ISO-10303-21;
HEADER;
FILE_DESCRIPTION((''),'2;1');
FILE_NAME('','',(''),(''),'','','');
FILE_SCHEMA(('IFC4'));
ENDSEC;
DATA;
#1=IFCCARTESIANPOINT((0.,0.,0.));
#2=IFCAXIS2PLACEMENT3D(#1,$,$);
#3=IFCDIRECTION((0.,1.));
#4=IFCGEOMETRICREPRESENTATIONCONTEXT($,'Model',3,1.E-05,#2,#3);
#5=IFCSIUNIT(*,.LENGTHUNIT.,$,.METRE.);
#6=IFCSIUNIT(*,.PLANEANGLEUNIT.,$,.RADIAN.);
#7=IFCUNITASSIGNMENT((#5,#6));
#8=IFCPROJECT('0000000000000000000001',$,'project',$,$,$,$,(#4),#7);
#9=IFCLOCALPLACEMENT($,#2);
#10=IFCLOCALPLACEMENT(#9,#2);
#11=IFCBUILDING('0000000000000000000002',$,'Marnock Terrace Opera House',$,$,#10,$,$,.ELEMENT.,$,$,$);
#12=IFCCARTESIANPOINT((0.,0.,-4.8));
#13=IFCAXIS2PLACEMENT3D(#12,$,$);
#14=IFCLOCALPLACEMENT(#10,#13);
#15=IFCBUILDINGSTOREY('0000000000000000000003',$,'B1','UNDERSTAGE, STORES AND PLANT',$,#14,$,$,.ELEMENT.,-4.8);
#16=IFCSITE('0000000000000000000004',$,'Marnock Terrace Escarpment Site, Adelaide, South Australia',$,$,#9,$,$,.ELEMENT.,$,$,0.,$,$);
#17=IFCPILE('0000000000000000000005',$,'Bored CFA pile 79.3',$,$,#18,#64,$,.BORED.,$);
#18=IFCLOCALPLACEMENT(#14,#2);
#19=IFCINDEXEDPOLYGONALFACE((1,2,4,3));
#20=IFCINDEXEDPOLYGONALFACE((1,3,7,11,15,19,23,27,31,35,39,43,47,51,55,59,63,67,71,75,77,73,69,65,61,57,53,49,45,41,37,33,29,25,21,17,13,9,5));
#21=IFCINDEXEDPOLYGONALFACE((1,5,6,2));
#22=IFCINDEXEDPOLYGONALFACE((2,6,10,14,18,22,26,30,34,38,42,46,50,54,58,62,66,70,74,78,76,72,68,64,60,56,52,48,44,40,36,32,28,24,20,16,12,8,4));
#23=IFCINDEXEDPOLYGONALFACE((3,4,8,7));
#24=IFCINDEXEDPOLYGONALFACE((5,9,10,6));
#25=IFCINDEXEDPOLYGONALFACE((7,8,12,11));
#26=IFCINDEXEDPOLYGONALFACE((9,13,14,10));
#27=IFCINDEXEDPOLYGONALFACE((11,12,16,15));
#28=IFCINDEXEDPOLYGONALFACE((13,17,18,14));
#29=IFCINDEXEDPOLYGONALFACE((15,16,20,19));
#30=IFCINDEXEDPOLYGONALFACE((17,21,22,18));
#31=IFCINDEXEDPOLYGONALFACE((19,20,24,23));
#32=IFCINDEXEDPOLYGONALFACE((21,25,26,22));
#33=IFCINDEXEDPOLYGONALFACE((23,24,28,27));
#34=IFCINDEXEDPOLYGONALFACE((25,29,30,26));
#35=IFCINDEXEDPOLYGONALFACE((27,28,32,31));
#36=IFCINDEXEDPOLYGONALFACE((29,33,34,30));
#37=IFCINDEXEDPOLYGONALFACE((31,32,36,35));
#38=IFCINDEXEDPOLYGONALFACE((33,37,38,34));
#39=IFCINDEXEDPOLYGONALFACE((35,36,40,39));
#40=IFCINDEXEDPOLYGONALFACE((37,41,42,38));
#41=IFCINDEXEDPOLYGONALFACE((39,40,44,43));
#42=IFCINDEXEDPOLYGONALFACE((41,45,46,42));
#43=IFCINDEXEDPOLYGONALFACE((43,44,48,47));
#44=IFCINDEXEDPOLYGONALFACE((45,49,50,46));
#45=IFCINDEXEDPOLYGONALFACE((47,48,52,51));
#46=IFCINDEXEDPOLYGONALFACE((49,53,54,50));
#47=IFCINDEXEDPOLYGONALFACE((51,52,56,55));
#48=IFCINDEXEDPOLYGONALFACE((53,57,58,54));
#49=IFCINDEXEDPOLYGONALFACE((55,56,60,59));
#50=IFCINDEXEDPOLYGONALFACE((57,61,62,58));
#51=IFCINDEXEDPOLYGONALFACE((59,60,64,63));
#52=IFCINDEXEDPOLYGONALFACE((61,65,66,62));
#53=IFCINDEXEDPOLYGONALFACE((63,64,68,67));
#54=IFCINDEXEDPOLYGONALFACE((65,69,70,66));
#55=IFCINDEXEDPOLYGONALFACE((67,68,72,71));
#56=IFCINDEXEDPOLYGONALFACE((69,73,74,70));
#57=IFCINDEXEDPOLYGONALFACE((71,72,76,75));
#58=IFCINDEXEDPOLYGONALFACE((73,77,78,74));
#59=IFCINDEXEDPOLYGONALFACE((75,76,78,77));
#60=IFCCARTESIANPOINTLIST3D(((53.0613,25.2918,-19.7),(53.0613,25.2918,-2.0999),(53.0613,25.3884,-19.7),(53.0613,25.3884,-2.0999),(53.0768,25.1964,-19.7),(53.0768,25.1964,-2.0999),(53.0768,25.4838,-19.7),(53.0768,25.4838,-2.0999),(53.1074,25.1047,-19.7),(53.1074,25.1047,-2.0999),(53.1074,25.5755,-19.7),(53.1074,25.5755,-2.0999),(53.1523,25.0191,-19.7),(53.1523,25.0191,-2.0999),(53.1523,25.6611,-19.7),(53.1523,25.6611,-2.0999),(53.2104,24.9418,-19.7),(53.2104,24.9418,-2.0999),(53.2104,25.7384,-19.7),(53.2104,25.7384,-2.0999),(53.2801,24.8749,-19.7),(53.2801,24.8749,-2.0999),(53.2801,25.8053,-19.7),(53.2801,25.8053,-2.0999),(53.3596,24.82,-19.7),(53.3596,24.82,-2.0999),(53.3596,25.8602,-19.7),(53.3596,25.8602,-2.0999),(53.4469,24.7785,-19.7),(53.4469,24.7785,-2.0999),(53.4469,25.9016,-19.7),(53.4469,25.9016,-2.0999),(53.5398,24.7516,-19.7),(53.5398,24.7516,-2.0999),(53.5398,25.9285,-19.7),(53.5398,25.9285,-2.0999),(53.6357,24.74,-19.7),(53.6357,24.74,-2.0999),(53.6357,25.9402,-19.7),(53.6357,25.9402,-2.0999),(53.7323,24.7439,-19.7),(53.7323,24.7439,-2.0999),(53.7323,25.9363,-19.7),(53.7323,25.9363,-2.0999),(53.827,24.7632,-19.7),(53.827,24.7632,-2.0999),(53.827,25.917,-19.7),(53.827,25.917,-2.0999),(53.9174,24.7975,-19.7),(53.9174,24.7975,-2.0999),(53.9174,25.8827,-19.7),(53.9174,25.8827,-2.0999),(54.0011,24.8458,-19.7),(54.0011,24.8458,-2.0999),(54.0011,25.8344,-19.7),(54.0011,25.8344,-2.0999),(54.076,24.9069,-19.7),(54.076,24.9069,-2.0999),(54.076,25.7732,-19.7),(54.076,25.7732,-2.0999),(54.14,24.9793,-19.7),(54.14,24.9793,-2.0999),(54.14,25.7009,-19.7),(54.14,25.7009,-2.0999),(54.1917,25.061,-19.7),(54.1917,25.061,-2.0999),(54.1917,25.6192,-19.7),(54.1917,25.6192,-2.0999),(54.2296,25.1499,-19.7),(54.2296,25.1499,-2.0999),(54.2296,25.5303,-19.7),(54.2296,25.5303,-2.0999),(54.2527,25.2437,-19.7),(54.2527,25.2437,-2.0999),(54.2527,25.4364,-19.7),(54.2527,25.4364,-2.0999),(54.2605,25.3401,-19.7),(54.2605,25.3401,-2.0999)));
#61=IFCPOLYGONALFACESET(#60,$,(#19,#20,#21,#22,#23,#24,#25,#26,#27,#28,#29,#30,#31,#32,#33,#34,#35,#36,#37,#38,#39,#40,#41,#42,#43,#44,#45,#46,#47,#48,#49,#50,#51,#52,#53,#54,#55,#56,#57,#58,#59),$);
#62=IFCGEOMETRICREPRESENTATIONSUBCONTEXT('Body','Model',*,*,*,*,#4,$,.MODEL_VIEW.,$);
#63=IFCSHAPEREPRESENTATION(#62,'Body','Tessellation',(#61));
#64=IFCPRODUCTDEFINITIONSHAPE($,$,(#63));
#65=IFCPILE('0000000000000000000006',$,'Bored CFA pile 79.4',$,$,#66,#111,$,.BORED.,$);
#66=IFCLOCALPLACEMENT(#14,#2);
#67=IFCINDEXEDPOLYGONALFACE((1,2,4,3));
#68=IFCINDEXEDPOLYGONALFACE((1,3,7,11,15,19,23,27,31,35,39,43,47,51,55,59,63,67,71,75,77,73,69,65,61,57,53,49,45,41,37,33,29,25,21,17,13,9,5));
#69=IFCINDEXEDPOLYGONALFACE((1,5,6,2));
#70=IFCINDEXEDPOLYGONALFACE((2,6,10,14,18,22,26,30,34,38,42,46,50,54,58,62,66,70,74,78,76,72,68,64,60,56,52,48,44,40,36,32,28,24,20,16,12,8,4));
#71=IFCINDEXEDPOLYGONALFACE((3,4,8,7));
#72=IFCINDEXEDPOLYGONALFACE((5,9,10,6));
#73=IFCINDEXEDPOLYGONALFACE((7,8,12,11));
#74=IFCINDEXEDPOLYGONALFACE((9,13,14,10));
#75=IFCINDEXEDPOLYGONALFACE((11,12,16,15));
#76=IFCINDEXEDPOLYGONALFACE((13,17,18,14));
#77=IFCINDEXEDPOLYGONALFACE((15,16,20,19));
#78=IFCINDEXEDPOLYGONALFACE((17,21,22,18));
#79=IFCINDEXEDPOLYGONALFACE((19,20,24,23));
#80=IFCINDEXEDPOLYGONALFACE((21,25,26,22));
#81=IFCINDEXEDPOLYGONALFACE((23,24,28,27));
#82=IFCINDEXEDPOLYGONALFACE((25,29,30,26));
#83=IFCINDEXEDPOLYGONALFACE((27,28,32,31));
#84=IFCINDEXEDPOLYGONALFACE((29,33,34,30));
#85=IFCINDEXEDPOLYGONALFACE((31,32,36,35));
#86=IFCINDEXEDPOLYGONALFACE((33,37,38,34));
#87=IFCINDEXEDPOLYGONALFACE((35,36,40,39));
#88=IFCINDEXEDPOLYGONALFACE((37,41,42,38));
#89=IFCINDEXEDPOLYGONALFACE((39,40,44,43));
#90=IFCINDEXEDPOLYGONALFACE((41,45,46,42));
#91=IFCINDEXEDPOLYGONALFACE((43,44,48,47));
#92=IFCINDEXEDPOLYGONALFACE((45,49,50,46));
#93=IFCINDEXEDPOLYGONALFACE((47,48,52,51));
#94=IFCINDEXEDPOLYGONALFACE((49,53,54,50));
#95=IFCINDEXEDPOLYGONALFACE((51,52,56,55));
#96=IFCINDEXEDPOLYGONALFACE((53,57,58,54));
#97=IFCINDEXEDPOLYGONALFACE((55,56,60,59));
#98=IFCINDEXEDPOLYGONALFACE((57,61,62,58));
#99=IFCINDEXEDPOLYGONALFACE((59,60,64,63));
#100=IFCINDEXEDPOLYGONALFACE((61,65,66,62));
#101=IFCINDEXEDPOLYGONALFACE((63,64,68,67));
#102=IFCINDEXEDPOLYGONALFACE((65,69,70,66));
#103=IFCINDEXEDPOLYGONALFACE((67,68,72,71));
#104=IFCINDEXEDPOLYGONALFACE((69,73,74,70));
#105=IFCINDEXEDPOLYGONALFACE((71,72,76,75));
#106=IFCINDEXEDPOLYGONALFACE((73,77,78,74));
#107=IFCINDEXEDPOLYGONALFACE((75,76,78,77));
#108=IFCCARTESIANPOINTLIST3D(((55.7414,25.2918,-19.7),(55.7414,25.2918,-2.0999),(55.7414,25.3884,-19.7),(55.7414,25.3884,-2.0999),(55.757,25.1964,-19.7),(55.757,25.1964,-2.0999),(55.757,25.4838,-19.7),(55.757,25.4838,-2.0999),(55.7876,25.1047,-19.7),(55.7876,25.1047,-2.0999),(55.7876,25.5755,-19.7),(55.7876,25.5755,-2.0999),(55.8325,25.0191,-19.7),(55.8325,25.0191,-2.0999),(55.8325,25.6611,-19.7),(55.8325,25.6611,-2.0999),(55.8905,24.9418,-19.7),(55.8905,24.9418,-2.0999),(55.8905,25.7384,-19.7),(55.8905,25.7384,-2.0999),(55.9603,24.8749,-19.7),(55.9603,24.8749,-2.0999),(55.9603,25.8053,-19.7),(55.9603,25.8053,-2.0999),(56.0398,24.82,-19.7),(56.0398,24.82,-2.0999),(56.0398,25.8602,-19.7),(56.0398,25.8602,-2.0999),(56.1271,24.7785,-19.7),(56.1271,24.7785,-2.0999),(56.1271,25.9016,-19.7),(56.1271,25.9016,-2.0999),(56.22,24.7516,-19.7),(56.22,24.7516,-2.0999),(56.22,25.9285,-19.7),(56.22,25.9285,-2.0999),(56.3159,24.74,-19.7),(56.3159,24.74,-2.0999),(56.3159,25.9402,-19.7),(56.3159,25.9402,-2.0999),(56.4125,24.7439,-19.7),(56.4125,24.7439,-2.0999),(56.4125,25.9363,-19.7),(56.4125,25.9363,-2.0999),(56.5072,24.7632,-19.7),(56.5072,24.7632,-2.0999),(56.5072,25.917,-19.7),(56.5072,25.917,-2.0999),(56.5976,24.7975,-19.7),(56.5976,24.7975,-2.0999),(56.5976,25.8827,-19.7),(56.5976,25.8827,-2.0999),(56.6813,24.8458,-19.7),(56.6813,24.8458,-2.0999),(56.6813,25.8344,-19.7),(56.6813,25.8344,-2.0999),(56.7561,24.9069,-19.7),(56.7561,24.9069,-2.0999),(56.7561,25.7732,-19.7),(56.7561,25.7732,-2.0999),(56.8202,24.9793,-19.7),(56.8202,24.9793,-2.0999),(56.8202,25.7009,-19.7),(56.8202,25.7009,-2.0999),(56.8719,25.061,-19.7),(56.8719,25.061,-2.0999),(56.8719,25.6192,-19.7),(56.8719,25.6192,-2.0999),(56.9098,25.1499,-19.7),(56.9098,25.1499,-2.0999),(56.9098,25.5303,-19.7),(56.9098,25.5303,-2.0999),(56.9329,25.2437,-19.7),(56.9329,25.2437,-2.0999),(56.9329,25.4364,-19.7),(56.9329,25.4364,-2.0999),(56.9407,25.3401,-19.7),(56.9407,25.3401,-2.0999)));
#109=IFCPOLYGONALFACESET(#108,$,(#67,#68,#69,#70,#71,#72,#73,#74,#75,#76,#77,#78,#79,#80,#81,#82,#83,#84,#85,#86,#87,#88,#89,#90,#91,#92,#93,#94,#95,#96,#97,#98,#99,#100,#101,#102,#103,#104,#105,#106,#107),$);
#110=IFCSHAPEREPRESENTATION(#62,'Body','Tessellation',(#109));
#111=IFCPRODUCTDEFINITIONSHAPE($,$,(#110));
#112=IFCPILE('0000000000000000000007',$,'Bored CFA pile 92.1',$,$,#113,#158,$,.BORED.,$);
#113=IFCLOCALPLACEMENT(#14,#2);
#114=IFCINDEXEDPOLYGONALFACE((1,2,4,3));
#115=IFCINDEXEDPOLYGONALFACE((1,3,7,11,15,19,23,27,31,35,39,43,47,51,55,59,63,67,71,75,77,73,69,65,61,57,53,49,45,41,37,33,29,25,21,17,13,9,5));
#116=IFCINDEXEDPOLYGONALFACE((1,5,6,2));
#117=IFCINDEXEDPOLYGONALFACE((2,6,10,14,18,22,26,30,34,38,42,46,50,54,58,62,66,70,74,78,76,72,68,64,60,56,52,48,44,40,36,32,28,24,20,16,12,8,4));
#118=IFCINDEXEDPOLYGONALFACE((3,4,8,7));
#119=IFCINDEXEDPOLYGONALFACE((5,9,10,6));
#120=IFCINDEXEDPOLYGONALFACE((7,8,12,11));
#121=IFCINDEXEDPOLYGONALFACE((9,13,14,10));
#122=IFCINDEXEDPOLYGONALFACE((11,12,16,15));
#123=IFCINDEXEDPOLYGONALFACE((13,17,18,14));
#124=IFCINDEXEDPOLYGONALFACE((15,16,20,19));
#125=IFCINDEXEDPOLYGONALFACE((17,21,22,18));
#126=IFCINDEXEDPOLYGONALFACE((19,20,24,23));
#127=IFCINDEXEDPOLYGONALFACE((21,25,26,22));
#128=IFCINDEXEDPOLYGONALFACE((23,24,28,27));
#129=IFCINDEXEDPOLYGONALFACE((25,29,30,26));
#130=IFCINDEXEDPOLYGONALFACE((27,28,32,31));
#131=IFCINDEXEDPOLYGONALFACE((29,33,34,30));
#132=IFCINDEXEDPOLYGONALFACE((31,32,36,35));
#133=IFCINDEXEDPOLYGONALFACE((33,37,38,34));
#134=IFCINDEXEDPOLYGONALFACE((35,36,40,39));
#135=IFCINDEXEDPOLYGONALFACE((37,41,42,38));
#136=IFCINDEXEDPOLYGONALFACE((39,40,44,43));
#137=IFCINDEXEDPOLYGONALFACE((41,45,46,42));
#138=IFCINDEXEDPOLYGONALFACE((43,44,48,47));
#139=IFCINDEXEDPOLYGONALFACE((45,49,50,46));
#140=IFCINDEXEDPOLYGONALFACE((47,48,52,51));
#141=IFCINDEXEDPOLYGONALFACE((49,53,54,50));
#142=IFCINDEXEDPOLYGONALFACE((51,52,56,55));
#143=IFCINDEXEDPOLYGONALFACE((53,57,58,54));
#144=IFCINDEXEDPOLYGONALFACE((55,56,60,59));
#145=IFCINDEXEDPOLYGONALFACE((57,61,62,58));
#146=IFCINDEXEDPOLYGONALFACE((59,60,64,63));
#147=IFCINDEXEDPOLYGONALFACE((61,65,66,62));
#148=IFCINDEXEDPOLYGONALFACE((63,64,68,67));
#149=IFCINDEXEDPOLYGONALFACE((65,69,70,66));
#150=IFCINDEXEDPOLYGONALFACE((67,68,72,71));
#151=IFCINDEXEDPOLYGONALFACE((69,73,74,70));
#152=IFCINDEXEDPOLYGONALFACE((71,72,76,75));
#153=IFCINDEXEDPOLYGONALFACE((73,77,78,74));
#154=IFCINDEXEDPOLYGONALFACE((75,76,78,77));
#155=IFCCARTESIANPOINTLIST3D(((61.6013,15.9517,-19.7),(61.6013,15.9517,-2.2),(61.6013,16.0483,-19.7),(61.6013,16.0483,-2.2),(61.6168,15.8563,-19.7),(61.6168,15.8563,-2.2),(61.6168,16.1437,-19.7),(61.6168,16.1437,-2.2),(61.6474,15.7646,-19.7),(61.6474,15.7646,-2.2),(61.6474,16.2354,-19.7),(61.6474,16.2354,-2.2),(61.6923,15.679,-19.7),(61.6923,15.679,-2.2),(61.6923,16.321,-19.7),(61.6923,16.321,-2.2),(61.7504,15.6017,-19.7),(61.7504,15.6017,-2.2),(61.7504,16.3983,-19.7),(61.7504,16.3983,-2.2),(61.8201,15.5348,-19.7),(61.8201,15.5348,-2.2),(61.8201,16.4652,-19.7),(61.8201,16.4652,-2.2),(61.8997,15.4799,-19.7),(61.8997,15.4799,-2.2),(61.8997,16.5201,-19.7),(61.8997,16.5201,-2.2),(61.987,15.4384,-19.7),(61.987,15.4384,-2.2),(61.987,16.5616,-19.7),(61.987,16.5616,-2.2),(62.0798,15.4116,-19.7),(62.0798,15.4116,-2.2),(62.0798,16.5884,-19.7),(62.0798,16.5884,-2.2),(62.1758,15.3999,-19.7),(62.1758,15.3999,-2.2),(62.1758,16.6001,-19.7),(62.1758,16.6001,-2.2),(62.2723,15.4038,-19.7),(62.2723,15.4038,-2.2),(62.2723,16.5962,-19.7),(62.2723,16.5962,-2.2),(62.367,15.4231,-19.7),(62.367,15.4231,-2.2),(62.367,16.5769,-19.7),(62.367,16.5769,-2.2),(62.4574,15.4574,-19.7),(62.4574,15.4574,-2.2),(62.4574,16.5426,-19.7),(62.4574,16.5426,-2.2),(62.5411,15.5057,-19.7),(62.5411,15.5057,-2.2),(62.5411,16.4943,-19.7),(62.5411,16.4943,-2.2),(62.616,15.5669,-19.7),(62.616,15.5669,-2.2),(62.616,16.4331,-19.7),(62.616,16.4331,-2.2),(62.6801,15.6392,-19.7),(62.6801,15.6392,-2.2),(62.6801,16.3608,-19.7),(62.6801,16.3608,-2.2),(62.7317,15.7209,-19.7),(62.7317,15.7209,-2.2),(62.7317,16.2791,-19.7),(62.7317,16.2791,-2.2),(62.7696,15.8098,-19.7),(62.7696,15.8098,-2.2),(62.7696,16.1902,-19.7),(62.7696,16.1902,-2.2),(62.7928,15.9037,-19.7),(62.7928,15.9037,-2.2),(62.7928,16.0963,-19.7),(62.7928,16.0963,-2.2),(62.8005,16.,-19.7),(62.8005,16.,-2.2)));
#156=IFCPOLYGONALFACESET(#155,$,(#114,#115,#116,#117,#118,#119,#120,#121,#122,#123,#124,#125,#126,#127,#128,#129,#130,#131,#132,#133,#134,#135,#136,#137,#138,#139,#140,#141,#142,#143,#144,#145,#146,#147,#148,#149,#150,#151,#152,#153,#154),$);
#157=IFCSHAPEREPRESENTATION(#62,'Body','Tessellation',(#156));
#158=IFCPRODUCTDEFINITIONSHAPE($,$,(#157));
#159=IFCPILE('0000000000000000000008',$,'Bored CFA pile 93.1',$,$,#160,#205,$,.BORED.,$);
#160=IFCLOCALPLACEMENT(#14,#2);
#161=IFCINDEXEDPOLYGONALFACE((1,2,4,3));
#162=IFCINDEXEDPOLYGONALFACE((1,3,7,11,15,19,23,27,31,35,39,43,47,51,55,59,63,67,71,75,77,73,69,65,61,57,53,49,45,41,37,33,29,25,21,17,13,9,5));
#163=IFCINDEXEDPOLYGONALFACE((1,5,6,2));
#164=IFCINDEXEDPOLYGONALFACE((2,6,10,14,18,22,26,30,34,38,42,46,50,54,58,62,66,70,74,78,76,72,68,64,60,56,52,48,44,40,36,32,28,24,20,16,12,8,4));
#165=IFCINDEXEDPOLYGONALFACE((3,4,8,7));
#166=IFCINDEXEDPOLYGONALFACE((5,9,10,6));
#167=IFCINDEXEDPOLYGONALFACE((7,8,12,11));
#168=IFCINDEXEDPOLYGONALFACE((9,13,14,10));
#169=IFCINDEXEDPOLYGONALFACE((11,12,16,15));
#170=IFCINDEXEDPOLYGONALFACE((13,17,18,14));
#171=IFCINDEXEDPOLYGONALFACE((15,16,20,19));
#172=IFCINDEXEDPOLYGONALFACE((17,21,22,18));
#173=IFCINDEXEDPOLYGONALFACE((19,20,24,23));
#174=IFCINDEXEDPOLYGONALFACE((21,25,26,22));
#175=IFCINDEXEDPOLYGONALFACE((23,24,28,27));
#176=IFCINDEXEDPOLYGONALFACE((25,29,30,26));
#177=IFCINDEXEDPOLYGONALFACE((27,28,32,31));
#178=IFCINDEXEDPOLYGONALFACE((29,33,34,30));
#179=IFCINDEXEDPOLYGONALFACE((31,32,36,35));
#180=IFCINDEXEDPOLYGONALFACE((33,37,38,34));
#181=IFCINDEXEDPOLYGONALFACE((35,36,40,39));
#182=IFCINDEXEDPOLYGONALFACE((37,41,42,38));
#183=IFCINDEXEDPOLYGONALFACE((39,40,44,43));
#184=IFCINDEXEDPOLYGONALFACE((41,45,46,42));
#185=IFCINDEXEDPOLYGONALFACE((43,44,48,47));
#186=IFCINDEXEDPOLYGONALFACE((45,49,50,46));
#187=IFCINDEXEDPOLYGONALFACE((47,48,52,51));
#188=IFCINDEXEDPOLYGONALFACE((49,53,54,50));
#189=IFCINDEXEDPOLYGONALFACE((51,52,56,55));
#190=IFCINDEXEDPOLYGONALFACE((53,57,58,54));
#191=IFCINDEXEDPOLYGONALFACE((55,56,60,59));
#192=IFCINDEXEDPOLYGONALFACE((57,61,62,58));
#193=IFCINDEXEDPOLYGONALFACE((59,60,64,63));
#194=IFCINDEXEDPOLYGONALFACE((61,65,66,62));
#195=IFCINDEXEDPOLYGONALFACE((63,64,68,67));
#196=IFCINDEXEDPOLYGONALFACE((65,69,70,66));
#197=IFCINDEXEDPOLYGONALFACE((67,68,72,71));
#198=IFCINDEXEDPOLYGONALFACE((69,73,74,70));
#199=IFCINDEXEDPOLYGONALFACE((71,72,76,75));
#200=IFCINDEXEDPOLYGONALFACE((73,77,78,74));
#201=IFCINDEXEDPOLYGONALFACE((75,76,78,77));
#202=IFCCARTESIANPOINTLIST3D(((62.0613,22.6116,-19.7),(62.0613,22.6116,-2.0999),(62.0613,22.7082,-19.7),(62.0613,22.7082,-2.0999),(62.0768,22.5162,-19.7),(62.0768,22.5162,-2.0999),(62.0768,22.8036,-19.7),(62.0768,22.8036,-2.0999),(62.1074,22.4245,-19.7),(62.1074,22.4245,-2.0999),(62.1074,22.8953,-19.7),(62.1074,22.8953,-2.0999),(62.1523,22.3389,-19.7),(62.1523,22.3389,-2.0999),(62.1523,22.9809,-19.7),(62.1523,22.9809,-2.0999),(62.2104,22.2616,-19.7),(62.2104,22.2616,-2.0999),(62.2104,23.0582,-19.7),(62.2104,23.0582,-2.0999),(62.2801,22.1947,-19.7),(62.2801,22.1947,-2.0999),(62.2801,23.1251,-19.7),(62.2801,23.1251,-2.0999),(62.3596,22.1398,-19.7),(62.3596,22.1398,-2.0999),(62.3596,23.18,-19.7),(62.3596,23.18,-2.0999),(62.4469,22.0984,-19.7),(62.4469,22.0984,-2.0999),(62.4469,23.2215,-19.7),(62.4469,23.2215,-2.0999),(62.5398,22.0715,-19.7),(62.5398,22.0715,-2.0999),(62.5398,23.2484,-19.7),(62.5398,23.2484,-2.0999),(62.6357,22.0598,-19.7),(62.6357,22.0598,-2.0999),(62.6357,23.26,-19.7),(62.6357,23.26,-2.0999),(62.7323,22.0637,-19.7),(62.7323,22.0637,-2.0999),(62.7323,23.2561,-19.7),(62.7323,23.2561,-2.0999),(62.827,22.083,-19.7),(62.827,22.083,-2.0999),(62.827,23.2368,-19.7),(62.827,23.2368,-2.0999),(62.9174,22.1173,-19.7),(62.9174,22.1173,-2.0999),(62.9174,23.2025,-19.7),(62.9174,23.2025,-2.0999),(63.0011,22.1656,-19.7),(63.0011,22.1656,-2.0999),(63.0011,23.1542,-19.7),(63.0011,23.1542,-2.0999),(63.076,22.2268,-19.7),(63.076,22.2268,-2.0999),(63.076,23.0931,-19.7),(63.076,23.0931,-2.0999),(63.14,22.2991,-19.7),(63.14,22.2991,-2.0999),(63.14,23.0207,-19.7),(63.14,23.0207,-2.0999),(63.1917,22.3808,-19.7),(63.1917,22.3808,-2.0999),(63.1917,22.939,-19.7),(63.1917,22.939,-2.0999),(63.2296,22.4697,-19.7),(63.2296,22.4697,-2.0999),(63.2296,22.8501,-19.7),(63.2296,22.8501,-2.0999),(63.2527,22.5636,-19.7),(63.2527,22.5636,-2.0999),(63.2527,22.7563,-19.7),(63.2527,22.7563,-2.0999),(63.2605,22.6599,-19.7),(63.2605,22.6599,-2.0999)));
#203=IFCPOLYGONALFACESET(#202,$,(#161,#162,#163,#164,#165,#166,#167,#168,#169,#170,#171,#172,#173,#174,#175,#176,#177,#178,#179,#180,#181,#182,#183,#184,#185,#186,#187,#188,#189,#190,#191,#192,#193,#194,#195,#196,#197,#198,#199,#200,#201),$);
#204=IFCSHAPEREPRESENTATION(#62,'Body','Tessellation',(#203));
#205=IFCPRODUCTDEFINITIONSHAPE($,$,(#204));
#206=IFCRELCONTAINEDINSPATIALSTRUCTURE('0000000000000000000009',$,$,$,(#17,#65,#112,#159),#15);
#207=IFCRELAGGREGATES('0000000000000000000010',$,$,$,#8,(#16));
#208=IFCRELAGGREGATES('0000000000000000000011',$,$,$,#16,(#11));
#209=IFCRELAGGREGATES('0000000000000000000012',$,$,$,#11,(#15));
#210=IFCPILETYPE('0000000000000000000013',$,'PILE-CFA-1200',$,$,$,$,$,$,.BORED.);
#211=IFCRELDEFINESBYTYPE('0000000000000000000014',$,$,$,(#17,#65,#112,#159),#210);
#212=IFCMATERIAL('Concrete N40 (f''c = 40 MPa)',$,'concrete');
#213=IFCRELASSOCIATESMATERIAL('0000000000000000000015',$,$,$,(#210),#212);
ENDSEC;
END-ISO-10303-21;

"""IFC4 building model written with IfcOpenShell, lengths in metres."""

from ifc_helpers import new_model, si_unit, direction, frame, origin, origin_2d, place, context, subcontext, project, spatial, circle, extrude, material, material_profile, profile_set, type_object, element, save


model = new_model("IFC4")

# Units and contexts
model_context = context("Model", 3, precision=1e-05, world=origin(), true_north=direction((0.0, 1.0)))
body_context = subcontext(model_context, "Body", "Model", "MODEL_VIEW")
ifc_project = project(units=[si_unit("LENGTHUNIT", "METRE"), si_unit("PLANEANGLEUNIT", "RADIAN")], contexts=[model_context])

# Site, building, storey
site_placement = place(None, origin())
site = spatial("IfcSite", under=ifc_project, at=site_placement, Name="Marnock Terrace Escarpment Site, Adelaide, South Australia", CompositionType="ELEMENT", RefElevation=0.0)
building_placement = place(site_placement, origin())
building = spatial("IfcBuilding", under=site, at=building_placement, Name="Marnock Terrace Opera House", CompositionType="ELEMENT")
storey_placement = place(building_placement, frame((0.0, 0.0, -4.8)))
storey = spatial("IfcBuildingStorey", under=building, at=storey_placement, Name="B1", Description="UNDERSTAGE, STORES AND PLANT", CompositionType="ELEMENT", Elevation=-4.8)

# Shared definitions
ifc_material_1 = material(Name="Concrete N40 (f'c = 40 MPa)", Category="concrete")

# Piles
ifc_material_profile_1 = material_profile(ifc_material_1, circle(Radius=0.6006, at=origin_2d()))
ifc_profile_set_1 = profile_set([ifc_material_profile_1], Name="Concrete N40 (f'c = 40 MPa)")
pile_type_1 = type_object("IfcPileType", Name="PILE-CFA-1200", PredefinedType="BORED", material=ifc_profile_set_1)
for number, where, z_axis, x_axis, name in (
    (1, (53.6599, 25.3401, -2.0999), (0.0, 0.0, -1.0), (1.0, 0.0, 0.0), "Bored CFA pile 79.3"),
    (2, (56.3401, 25.3401, -2.0999), (0.0, 0.0, -1.0), (1.0, 0.0, 0.0), "Bored CFA pile 79.4"),
):
    element("IfcPile", number, at=place(storey_placement, frame(where, z_axis=z_axis, x_axis=x_axis)), inside=storey, type_object=pile_type_1, Name=name, PredefinedType="BORED", context=body_context, shape_type="SweptSolid", body=[
        extrude(circle(Radius=0.6006, at=origin_2d()), origin(), (0.0, 0.0, 1.0), 17.6001),
    ])
pile_1_placement = place(storey_placement, frame((62.2, 16.0, -2.2), z_axis=(0.0, 0.0, -1.0), x_axis=(1.0, 0.0, 0.0)))
element("IfcPile", 3, at=pile_1_placement, inside=storey, type_object=pile_type_1, Name="Bored CFA pile 92.1", PredefinedType="BORED", context=body_context, shape_type="SweptSolid", body=[
    extrude(circle(Radius=0.6006, at=origin_2d()), origin(), (0.0, 0.0, 1.0), 17.5),
])
for number, where, z_axis, x_axis, name in (
    (4, (62.6599, 22.6599, -2.0999), (0.0, 0.0, -1.0), (1.0, 0.0, 0.0), "Bored CFA pile 93.1"),
):
    element("IfcPile", number, at=place(storey_placement, frame(where, z_axis=z_axis, x_axis=x_axis)), inside=storey, type_object=pile_type_1, Name=name, PredefinedType="BORED", context=body_context, shape_type="SweptSolid", body=[
        extrude(circle(Radius=0.6006, at=origin_2d()), origin(), (0.0, 0.0, 1.0), 17.6001),
    ])

save(model, "model.ifc")
